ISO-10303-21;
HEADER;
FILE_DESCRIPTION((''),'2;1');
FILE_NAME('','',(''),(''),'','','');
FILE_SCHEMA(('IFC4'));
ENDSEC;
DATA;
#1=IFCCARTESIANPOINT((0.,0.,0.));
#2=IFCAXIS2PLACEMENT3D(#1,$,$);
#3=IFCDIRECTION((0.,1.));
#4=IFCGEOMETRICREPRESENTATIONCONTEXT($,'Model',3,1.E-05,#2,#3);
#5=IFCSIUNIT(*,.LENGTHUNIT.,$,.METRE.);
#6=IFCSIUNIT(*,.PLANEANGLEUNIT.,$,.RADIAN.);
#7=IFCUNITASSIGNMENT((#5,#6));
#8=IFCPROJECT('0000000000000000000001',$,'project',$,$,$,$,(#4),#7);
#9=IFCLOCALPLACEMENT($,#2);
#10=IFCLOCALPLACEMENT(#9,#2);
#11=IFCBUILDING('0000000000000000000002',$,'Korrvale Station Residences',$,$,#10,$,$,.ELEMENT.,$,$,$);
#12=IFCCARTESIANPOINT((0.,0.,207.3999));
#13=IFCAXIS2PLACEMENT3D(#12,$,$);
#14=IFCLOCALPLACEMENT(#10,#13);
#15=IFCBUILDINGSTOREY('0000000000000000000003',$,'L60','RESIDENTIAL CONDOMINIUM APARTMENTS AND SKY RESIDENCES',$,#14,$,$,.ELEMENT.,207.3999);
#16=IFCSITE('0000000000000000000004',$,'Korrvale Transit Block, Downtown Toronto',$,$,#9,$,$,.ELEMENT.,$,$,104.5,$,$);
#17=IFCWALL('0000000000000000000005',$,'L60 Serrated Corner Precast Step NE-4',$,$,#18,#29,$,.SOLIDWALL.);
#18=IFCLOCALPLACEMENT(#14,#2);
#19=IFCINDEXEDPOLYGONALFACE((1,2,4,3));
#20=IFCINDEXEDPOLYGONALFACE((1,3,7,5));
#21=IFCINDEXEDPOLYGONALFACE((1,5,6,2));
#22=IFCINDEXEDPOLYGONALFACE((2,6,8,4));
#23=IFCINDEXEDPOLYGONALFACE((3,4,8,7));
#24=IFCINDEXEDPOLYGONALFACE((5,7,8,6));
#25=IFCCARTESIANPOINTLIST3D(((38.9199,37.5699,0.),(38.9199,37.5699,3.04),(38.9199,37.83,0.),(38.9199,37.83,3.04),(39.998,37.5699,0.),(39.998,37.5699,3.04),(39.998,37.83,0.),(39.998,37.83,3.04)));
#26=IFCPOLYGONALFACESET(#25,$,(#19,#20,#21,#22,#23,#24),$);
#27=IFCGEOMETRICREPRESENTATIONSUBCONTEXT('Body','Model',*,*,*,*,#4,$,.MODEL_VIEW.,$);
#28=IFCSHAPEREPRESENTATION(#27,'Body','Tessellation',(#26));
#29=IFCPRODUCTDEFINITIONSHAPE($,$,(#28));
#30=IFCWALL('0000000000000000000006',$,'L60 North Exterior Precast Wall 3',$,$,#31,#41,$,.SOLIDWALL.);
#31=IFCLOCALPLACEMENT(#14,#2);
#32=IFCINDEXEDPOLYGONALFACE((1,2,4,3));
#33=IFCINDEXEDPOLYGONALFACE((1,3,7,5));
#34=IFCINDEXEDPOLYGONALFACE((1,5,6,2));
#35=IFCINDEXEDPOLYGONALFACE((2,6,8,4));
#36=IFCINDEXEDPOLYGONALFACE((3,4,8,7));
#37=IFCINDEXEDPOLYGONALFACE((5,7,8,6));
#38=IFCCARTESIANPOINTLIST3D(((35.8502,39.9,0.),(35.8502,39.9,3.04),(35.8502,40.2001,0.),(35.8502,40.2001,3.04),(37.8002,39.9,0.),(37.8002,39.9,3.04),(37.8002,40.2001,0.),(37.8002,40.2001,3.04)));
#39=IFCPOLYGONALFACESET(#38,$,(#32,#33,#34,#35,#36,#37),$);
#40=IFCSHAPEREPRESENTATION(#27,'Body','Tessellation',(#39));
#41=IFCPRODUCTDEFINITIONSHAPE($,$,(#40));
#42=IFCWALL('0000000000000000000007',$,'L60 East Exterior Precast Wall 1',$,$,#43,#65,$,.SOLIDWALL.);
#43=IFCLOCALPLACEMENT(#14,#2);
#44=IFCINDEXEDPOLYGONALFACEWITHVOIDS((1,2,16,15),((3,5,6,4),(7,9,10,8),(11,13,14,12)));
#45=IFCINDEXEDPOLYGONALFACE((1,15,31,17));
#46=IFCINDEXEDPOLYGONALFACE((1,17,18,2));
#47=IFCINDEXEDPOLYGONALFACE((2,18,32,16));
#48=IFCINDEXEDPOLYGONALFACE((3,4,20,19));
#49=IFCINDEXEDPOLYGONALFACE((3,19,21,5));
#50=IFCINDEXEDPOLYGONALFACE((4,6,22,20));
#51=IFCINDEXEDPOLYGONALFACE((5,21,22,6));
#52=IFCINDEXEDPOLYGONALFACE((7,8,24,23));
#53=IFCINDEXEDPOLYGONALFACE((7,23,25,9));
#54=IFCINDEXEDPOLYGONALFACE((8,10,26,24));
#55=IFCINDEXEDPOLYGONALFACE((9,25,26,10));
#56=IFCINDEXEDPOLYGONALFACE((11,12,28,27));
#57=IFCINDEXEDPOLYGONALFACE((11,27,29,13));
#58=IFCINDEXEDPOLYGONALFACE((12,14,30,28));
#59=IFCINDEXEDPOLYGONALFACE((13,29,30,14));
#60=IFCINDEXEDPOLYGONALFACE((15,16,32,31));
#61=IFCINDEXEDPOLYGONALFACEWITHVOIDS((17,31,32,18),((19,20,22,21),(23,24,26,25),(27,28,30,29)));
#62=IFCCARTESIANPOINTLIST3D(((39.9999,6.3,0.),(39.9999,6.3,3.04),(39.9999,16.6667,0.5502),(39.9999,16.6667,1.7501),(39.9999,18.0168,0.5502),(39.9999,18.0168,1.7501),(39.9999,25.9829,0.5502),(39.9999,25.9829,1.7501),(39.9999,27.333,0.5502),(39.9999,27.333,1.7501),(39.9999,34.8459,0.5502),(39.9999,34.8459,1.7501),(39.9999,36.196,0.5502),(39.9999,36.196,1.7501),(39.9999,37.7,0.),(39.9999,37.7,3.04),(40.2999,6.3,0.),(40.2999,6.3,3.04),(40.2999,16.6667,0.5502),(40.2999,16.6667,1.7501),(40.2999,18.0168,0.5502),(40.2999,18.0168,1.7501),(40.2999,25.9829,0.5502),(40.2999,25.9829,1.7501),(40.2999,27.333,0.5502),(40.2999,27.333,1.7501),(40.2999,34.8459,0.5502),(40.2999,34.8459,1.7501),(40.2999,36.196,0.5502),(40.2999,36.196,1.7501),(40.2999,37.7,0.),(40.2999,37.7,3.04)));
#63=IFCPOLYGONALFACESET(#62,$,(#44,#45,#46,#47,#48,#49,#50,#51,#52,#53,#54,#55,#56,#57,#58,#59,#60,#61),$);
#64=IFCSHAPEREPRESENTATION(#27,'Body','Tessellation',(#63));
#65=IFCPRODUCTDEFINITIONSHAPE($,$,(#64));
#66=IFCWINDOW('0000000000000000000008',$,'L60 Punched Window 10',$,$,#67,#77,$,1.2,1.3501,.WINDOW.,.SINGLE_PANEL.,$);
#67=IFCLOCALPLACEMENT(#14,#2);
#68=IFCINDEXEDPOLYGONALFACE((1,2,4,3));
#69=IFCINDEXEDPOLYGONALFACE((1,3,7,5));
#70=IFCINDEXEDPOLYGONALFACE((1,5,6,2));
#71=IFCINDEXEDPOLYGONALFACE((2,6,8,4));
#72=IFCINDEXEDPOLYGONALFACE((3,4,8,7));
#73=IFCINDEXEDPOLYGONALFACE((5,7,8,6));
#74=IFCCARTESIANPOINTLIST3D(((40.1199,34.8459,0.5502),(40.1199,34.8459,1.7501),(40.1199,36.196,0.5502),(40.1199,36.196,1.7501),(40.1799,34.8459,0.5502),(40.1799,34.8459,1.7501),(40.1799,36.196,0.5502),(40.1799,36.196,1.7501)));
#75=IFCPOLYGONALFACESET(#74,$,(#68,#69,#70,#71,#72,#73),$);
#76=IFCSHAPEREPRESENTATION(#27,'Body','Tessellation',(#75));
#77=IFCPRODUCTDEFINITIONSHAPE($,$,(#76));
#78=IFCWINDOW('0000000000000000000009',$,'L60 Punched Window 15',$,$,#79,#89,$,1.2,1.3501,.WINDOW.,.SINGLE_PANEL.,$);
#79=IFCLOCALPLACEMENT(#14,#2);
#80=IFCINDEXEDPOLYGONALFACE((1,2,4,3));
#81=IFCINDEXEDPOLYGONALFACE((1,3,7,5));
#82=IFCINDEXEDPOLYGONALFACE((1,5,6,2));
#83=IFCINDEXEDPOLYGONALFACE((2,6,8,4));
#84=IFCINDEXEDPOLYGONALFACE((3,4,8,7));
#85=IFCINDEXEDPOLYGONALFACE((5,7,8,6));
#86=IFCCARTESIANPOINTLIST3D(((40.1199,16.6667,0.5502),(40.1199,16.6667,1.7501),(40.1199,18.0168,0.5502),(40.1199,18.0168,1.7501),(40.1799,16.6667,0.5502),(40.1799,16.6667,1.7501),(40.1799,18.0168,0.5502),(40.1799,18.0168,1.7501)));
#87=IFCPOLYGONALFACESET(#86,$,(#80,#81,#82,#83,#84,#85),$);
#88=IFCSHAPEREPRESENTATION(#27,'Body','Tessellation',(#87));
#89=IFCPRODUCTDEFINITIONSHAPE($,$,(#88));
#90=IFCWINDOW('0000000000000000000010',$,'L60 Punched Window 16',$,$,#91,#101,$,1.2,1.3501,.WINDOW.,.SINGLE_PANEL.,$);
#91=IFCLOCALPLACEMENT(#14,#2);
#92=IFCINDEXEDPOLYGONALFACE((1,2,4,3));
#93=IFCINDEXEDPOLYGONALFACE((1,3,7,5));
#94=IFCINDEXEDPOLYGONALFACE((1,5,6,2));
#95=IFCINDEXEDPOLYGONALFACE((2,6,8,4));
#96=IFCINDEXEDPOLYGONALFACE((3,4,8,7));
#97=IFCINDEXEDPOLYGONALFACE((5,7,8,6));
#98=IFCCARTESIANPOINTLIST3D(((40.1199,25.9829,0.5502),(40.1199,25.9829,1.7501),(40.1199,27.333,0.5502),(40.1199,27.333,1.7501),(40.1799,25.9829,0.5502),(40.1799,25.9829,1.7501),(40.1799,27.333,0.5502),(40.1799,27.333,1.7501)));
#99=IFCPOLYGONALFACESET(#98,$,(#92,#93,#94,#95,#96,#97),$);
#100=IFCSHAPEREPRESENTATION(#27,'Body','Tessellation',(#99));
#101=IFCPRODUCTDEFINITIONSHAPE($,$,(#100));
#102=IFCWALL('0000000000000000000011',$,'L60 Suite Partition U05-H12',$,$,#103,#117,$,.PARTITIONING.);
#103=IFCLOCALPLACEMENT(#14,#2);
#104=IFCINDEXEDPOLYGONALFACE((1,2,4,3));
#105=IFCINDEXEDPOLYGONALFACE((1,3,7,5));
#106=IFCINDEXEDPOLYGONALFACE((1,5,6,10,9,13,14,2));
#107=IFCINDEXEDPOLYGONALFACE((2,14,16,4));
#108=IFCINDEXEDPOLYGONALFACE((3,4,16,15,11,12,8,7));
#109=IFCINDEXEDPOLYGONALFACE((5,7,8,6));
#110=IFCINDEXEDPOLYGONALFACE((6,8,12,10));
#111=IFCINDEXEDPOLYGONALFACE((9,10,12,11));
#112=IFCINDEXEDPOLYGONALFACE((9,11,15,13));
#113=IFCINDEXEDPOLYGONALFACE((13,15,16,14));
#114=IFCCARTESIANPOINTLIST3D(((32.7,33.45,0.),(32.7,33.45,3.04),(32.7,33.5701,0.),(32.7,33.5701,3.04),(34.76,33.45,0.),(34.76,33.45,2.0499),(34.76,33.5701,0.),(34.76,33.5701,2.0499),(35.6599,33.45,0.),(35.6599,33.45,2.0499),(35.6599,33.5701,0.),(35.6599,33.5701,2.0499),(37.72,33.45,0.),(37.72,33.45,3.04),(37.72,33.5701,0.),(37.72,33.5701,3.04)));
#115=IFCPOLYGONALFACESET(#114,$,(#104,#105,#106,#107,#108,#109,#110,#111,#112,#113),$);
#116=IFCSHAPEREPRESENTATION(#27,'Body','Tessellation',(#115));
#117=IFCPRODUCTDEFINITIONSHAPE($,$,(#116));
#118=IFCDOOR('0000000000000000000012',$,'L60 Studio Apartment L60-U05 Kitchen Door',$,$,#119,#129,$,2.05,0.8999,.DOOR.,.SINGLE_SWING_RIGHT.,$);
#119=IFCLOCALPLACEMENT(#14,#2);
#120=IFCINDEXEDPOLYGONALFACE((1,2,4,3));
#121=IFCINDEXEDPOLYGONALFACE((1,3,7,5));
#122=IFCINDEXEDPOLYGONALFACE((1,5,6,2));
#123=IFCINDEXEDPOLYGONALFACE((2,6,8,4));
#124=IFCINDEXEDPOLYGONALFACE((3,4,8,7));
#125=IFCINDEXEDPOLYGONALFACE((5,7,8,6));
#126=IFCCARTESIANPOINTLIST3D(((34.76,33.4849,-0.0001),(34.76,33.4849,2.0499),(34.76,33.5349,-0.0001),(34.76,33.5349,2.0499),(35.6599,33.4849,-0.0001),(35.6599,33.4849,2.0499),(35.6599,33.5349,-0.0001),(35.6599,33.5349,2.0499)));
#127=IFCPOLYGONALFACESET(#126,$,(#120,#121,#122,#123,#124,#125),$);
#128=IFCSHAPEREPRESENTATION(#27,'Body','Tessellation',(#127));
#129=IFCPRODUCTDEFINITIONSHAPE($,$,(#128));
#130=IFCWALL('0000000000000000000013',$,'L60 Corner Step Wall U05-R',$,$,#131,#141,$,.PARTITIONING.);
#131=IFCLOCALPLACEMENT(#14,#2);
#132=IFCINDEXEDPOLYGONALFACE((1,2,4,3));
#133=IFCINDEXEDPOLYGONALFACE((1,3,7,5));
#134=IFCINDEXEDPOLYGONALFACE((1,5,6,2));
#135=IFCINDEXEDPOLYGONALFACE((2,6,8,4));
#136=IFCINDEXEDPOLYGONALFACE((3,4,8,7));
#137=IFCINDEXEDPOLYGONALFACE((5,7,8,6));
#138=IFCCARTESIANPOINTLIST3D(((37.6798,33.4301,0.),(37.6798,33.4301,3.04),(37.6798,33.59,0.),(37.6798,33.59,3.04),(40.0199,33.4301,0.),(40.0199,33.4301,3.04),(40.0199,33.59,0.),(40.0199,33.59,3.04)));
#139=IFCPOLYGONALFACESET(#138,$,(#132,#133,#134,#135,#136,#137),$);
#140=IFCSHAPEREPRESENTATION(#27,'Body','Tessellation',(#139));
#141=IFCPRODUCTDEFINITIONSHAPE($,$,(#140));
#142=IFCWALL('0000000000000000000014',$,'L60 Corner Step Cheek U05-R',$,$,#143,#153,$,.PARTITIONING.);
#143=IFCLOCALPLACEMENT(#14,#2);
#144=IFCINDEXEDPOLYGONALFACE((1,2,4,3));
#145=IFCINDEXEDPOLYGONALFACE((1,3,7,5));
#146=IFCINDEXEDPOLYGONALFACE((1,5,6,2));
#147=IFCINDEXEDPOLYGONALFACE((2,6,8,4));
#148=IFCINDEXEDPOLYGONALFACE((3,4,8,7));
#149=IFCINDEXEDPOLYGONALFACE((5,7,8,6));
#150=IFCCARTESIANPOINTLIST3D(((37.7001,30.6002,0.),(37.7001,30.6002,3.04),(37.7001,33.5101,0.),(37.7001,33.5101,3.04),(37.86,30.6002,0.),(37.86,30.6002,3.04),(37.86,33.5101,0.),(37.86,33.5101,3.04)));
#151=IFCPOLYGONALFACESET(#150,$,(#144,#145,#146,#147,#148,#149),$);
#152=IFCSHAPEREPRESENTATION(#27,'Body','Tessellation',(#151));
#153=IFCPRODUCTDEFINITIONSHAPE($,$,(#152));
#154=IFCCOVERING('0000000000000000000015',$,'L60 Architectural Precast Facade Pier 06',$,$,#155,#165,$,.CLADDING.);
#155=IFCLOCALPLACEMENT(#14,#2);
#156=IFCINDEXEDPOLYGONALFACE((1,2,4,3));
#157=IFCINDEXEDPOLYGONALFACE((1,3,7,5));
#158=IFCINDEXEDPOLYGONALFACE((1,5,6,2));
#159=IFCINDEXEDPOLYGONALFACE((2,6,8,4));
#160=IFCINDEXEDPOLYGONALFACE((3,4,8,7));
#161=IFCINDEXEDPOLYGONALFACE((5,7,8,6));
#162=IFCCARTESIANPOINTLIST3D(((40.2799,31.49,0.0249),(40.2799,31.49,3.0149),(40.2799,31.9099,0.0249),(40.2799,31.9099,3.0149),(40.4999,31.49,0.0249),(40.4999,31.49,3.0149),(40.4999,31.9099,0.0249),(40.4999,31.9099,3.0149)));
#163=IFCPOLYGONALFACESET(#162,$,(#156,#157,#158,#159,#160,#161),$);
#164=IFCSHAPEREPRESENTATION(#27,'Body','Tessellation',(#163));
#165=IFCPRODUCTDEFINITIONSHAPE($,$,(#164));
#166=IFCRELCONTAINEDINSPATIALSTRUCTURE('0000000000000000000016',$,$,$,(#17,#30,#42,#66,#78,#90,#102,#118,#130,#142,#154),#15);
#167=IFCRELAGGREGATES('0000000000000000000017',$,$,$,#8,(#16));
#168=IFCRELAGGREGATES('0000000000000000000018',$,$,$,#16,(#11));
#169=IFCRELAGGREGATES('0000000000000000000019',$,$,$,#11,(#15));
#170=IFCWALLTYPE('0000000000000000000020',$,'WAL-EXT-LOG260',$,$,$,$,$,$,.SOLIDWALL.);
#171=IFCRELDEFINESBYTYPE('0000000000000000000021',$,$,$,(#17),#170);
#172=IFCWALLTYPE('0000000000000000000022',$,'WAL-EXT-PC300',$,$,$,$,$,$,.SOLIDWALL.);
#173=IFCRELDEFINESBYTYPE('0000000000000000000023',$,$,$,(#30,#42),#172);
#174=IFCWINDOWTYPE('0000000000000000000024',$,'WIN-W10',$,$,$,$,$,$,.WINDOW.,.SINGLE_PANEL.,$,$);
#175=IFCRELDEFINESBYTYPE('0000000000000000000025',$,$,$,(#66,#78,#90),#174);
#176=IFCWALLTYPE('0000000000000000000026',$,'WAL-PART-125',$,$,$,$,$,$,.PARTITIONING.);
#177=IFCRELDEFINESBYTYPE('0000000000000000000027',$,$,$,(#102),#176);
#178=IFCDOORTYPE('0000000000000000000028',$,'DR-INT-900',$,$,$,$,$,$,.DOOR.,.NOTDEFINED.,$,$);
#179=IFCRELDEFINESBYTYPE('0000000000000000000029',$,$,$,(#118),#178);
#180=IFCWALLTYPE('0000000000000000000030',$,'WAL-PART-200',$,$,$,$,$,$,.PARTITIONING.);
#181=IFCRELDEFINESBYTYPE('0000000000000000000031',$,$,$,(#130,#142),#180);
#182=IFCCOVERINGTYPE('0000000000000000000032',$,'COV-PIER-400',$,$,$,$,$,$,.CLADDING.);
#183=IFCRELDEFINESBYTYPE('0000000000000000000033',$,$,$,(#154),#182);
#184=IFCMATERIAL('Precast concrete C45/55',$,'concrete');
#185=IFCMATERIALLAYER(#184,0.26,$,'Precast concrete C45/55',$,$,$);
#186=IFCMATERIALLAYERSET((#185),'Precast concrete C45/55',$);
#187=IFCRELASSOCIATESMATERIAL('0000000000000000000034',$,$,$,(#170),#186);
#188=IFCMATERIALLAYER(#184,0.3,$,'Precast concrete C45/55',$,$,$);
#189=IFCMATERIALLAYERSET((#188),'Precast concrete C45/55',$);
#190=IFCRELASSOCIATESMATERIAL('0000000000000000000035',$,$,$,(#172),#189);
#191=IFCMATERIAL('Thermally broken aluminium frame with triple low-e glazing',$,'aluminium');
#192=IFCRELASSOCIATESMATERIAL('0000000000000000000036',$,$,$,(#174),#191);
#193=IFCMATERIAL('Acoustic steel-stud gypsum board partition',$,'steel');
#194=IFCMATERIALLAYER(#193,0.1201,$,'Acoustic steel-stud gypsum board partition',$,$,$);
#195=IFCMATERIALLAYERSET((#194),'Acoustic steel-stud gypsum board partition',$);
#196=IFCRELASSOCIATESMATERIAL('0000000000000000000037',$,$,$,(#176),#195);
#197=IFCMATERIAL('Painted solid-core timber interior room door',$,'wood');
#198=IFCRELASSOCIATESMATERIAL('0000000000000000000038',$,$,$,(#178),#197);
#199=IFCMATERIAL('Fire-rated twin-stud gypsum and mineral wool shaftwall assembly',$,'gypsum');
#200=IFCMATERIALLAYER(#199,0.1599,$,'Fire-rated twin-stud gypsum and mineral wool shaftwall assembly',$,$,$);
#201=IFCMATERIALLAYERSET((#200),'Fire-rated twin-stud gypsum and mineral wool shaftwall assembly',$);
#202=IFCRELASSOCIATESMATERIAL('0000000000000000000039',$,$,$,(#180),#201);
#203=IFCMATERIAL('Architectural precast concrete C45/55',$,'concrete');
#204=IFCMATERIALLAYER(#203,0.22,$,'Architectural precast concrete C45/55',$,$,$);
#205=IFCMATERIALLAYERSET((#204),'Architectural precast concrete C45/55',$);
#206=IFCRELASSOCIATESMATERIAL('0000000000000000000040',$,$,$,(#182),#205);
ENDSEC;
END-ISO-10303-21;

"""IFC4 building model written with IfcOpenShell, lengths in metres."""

from ifc_helpers import new_model, si_unit, direction, frame, frame_2d, origin, origin_2d, place, context, subcontext, project, spatial, rectangle, extrude, material, layer, layer_set, type_object, element, fill, save


model = new_model("IFC4")

# Units and contexts
model_context = context("Model", 3, precision=1e-05, world=origin(), true_north=direction((0.0, 1.0)))
body_context = subcontext(model_context, "Body", "Model", "MODEL_VIEW")
ifc_project = project(units=[si_unit("LENGTHUNIT", "METRE"), si_unit("PLANEANGLEUNIT", "RADIAN")], contexts=[model_context])

# Site, building, storey
site_placement = place(None, origin())
site = spatial("IfcSite", under=ifc_project, at=site_placement, Name="Korrvale Transit Block, Downtown Toronto", CompositionType="ELEMENT", RefElevation=104.5)
building_placement = place(site_placement, origin())
building = spatial("IfcBuilding", under=site, at=building_placement, Name="Korrvale Station Residences", CompositionType="ELEMENT")
storey_placement = place(building_placement, frame((0.0, 0.0, 207.3999)))
storey = spatial("IfcBuildingStorey", under=building, at=storey_placement, Name="L60", Description="RESIDENTIAL CONDOMINIUM APARTMENTS AND SKY RESIDENCES", CompositionType="ELEMENT", Elevation=207.3999)

# Walls
ifc_material_1 = material(Name="Precast concrete C45/55", Category="concrete")
ifc_layer_1 = layer(ifc_material_1, 0.26, Name="Precast concrete C45/55")
ifc_layer_set_1 = layer_set([ifc_layer_1], Name="Precast concrete C45/55")
wall_type_1 = type_object("IfcWallType", Name="WAL-EXT-LOG260", PredefinedType="SOLIDWALL", material=ifc_layer_set_1)
wall_1_placement = place(storey_placement, frame((38.9199, 37.7, 0.0), z_axis=(0.0, 0.0, 1.0), x_axis=(1.0, 0.0, 0.0)))
element("IfcWall", 1, at=wall_1_placement, inside=storey, type_object=wall_type_1, Name="L60 Serrated Corner Precast Step NE-4", PredefinedType="SOLIDWALL", context=body_context, shape_type="SweptSolid", body=[
    extrude(rectangle(XDim=1.0781, YDim=0.26, at=frame_2d((0.5391, 0.0))), origin(), (0.0, 0.0, 1.0), 3.04),
])
ifc_layer_2 = layer(ifc_material_1, 0.3, Name="Precast concrete C45/55")
ifc_layer_set_2 = layer_set([ifc_layer_2], Name="Precast concrete C45/55")
wall_type_2 = type_object("IfcWallType", Name="WAL-EXT-PC300", PredefinedType="SOLIDWALL", material=ifc_layer_set_2)
wall_2_placement = place(storey_placement, frame((35.8501, 40.05, 0.0), z_axis=(0.0, 0.0, 1.0), x_axis=(1.0, 0.0, 0.0)))
element("IfcWall", 2, at=wall_2_placement, inside=storey, type_object=wall_type_2, Name="L60 North Exterior Precast Wall 3", PredefinedType="SOLIDWALL", context=body_context, shape_type="SweptSolid", body=[
    extrude(rectangle(XDim=1.95, YDim=0.3, at=frame_2d((0.9751, 0.0))), origin(), (0.0, 0.0, 1.0), 3.04),
])

# Wall, openings, windows
wall_3_placement = place(storey_placement, frame((40.1499, 37.7, 0.0), z_axis=(0.0, 0.0, 1.0), x_axis=(0.0, -1.0, 0.0)))
wall_3 = element("IfcWall", 3, at=wall_3_placement, inside=storey, type_object=wall_type_2, Name="L60 East Exterior Precast Wall 1", PredefinedType="SOLIDWALL", context=body_context, shape_type="SweptSolid", body=[
    extrude(rectangle(XDim=31.3999, YDim=0.3, at=frame_2d((15.7, 0.0))), origin(), (0.0, 0.0, 1.0), 3.04),
])
opening_1_placement = place(wall_3_placement, frame((1.5039, 0.0, 0.55)))
opening_1 = element("IfcOpeningElement", 4, at=opening_1_placement, cuts=wall_3, PredefinedType="OPENING", context=body_context, shape_type="SweptSolid", body=[
    extrude(rectangle(XDim=1.3501, YDim=1.2, at=frame_2d((0.675, 0.6001))), frame((0.0, 0.1602, 0.0), z_axis=(0.0, -1.0, 0.0), x_axis=(1.0, 0.0, 0.0)), (0.0, 0.0, 1.0), 0.3201),
])
opening_2_placement = place(wall_3_placement, frame((19.6831, 0.0, 0.55)))
opening_2 = element("IfcOpeningElement", 5, at=opening_2_placement, cuts=wall_3, PredefinedType="OPENING", context=body_context, shape_type="SweptSolid", body=[
    extrude(rectangle(XDim=1.3501, YDim=1.2, at=frame_2d((0.675, 0.6001))), frame((0.0, 0.1602, 0.0), z_axis=(0.0, -1.0, 0.0), x_axis=(1.0, 0.0, 0.0)), (0.0, 0.0, 1.0), 0.3201),
])
opening_3_placement = place(wall_3_placement, frame((10.3669, 0.0, 0.55)))
opening_3 = element("IfcOpeningElement", 6, at=opening_3_placement, cuts=wall_3, PredefinedType="OPENING", context=body_context, shape_type="SweptSolid", body=[
    extrude(rectangle(XDim=1.3501, YDim=1.2, at=frame_2d((0.675, 0.6001))), frame((0.0, 0.1602, 0.0), z_axis=(0.0, -1.0, 0.0), x_axis=(1.0, 0.0, 0.0)), (0.0, 0.0, 1.0), 0.3201),
])
ifc_material_2 = material(Name="Thermally broken aluminium frame with triple low-e glazing", Category="aluminium")
window_type = type_object("IfcWindowType", Name="WIN-W10", PartitioningType="SINGLE_PANEL", PredefinedType="WINDOW", material=ifc_material_2)
window_1_placement = place(opening_1_placement, origin())
window_1 = element("IfcWindow", 7, at=window_1_placement, inside=storey, type_object=window_type, Name="L60 Punched Window 10", OverallHeight=1.2, OverallWidth=1.3501, PartitioningType="SINGLE_PANEL", PredefinedType="WINDOW", context=body_context, shape_type="SweptSolid", body=[
    extrude(rectangle(XDim=1.3501, YDim=1.2, at=frame_2d((0.675, 0.6001))), frame((0.0, 0.03, 0.0), z_axis=(0.0, -1.0, 0.0), x_axis=(1.0, 0.0, 0.0)), (0.0, 0.0, 1.0), 0.0601),
])
fill(opening_1, window_1)
window_2_placement = place(opening_2_placement, origin())
window_2 = element("IfcWindow", 8, at=window_2_placement, inside=storey, type_object=window_type, Name="L60 Punched Window 15", OverallHeight=1.2, OverallWidth=1.3501, PartitioningType="SINGLE_PANEL", PredefinedType="WINDOW", context=body_context, shape_type="SweptSolid", body=[
    extrude(rectangle(XDim=1.3501, YDim=1.2, at=frame_2d((0.675, 0.6001))), frame((0.0, 0.03, 0.0), z_axis=(0.0, -1.0, 0.0), x_axis=(1.0, 0.0, 0.0)), (0.0, 0.0, 1.0), 0.0601),
])
fill(opening_2, window_2)
window_3_placement = place(opening_3_placement, origin())
window_3 = element("IfcWindow", 9, at=window_3_placement, inside=storey, type_object=window_type, Name="L60 Punched Window 16", OverallHeight=1.2, OverallWidth=1.3501, PartitioningType="SINGLE_PANEL", PredefinedType="WINDOW", context=body_context, shape_type="SweptSolid", body=[
    extrude(rectangle(XDim=1.3501, YDim=1.2, at=frame_2d((0.675, 0.6001))), frame((0.0, 0.03, 0.0), z_axis=(0.0, -1.0, 0.0), x_axis=(1.0, 0.0, 0.0)), (0.0, 0.0, 1.0), 0.0601),
])
fill(opening_3, window_3)

# Wall, opening, door
ifc_material_3 = material(Name="Acoustic steel-stud gypsum board partition", Category="steel")
ifc_layer_3 = layer(ifc_material_3, 0.1201, Name="Acoustic steel-stud gypsum board partition")
ifc_layer_set_3 = layer_set([ifc_layer_3], Name="Acoustic steel-stud gypsum board partition")
wall_type_3 = type_object("IfcWallType", Name="WAL-PART-125", PredefinedType="PARTITIONING", material=ifc_layer_set_3)
wall_4_placement = place(storey_placement, frame((32.7, 33.51, 0.0), z_axis=(0.0, 0.0, 1.0), x_axis=(1.0, 0.0, 0.0)))
wall_4 = element("IfcWall", 10, at=wall_4_placement, inside=storey, type_object=wall_type_3, Name="L60 Suite Partition U05-H12", PredefinedType="PARTITIONING", context=body_context, shape_type="SweptSolid", body=[
    extrude(rectangle(XDim=5.02, YDim=0.1201, at=frame_2d((2.51, 0.0))), origin(), (0.0, 0.0, 1.0), 3.04),
])
opening_4_placement = place(wall_4_placement, frame((2.0601, 0.0, 0.0)))
opening_4 = element("IfcOpeningElement", 11, at=opening_4_placement, cuts=wall_4, PredefinedType="OPENING", context=body_context, shape_type="SweptSolid", body=[
    extrude(rectangle(XDim=0.8999, YDim=2.05, at=frame_2d((0.45, 1.0249))), frame((0.0, 0.0701, 0.0), z_axis=(0.0, -1.0, 0.0), x_axis=(1.0, 0.0, 0.0)), (0.0, 0.0, 1.0), 0.1401),
])
ifc_material_4 = material(Name="Painted solid-core timber interior room door", Category="wood")
door_type = type_object("IfcDoorType", Name="DR-INT-900", OperationType="NOTDEFINED", PredefinedType="DOOR", material=ifc_material_4)
door_placement = place(opening_4_placement, origin())
door = element("IfcDoor", 12, at=door_placement, inside=storey, type_object=door_type, Name="L60 Studio Apartment L60-U05 Kitchen Door", OperationType="SINGLE_SWING_RIGHT", OverallHeight=2.05, OverallWidth=0.8999, PredefinedType="DOOR", context=body_context, shape_type="SweptSolid", body=[
    extrude(rectangle(XDim=0.8999, YDim=2.05, at=frame_2d((0.45, 1.0249))), frame((0.0, 0.0249, 0.0), z_axis=(0.0, -1.0, 0.0), x_axis=(1.0, 0.0, 0.0)), (0.0, 0.0, 1.0), 0.05),
])
fill(opening_4, door)

# Walls
ifc_material_5 = material(Name="Fire-rated twin-stud gypsum and mineral wool shaftwall assembly", Category="gypsum")
ifc_layer_4 = layer(ifc_material_5, 0.1599, Name="Fire-rated twin-stud gypsum and mineral wool shaftwall assembly")
ifc_layer_set_4 = layer_set([ifc_layer_4], Name="Fire-rated twin-stud gypsum and mineral wool shaftwall assembly")
wall_type_4 = type_object("IfcWallType", Name="WAL-PART-200", PredefinedType="PARTITIONING", material=ifc_layer_set_4)
wall_5_placement = place(storey_placement, frame((37.6799, 33.51, 0.0), z_axis=(0.0, 0.0, 1.0), x_axis=(1.0, 0.0, 0.0)))
element("IfcWall", 13, at=wall_5_placement, inside=storey, type_object=wall_type_4, Name="L60 Corner Step Wall U05-R", PredefinedType="PARTITIONING", context=body_context, shape_type="SweptSolid", body=[
    extrude(rectangle(XDim=2.3401, YDim=0.1599, at=frame_2d((1.1699, 0.0))), origin(), (0.0, 0.0, 1.0), 3.04),
])
wall_6_placement = place(storey_placement, frame((37.78, 30.6001, 0.0), z_axis=(0.0, 0.0, 1.0), x_axis=(0.0, 1.0, 0.0)))
element("IfcWall", 14, at=wall_6_placement, inside=storey, type_object=wall_type_4, Name="L60 Corner Step Cheek U05-R", PredefinedType="PARTITIONING", context=body_context, shape_type="SweptSolid", body=[
    extrude(rectangle(XDim=2.9099, YDim=0.1599, at=frame_2d((1.4551, 0.0))), origin(), (0.0, 0.0, 1.0), 3.04),
])

# Covering
ifc_material_6 = material(Name="Architectural precast concrete C45/55", Category="concrete")
ifc_layer_5 = layer(ifc_material_6, 0.22, Name="Architectural precast concrete C45/55")
ifc_layer_set_5 = layer_set([ifc_layer_5], Name="Architectural precast concrete C45/55")
covering_type = type_object("IfcCoveringType", Name="COV-PIER-400", PredefinedType="CLADDING", material=ifc_layer_set_5)
covering_placement = place(storey_placement, frame((40.3899, 31.7, 0.0249), z_axis=(0.0, 0.0, 1.0), x_axis=(0.0, 1.0, 0.0)))
element("IfcCovering", 15, at=covering_placement, inside=storey, type_object=covering_type, Name="L60 Architectural Precast Facade Pier 06", PredefinedType="CLADDING", context=body_context, shape_type="SweptSolid", body=[
    extrude(rectangle(XDim=0.4199, YDim=0.22, at=origin_2d()), origin(), (0.0, 0.0, 1.0), 2.99),
])

save(model, "model.ifc")
